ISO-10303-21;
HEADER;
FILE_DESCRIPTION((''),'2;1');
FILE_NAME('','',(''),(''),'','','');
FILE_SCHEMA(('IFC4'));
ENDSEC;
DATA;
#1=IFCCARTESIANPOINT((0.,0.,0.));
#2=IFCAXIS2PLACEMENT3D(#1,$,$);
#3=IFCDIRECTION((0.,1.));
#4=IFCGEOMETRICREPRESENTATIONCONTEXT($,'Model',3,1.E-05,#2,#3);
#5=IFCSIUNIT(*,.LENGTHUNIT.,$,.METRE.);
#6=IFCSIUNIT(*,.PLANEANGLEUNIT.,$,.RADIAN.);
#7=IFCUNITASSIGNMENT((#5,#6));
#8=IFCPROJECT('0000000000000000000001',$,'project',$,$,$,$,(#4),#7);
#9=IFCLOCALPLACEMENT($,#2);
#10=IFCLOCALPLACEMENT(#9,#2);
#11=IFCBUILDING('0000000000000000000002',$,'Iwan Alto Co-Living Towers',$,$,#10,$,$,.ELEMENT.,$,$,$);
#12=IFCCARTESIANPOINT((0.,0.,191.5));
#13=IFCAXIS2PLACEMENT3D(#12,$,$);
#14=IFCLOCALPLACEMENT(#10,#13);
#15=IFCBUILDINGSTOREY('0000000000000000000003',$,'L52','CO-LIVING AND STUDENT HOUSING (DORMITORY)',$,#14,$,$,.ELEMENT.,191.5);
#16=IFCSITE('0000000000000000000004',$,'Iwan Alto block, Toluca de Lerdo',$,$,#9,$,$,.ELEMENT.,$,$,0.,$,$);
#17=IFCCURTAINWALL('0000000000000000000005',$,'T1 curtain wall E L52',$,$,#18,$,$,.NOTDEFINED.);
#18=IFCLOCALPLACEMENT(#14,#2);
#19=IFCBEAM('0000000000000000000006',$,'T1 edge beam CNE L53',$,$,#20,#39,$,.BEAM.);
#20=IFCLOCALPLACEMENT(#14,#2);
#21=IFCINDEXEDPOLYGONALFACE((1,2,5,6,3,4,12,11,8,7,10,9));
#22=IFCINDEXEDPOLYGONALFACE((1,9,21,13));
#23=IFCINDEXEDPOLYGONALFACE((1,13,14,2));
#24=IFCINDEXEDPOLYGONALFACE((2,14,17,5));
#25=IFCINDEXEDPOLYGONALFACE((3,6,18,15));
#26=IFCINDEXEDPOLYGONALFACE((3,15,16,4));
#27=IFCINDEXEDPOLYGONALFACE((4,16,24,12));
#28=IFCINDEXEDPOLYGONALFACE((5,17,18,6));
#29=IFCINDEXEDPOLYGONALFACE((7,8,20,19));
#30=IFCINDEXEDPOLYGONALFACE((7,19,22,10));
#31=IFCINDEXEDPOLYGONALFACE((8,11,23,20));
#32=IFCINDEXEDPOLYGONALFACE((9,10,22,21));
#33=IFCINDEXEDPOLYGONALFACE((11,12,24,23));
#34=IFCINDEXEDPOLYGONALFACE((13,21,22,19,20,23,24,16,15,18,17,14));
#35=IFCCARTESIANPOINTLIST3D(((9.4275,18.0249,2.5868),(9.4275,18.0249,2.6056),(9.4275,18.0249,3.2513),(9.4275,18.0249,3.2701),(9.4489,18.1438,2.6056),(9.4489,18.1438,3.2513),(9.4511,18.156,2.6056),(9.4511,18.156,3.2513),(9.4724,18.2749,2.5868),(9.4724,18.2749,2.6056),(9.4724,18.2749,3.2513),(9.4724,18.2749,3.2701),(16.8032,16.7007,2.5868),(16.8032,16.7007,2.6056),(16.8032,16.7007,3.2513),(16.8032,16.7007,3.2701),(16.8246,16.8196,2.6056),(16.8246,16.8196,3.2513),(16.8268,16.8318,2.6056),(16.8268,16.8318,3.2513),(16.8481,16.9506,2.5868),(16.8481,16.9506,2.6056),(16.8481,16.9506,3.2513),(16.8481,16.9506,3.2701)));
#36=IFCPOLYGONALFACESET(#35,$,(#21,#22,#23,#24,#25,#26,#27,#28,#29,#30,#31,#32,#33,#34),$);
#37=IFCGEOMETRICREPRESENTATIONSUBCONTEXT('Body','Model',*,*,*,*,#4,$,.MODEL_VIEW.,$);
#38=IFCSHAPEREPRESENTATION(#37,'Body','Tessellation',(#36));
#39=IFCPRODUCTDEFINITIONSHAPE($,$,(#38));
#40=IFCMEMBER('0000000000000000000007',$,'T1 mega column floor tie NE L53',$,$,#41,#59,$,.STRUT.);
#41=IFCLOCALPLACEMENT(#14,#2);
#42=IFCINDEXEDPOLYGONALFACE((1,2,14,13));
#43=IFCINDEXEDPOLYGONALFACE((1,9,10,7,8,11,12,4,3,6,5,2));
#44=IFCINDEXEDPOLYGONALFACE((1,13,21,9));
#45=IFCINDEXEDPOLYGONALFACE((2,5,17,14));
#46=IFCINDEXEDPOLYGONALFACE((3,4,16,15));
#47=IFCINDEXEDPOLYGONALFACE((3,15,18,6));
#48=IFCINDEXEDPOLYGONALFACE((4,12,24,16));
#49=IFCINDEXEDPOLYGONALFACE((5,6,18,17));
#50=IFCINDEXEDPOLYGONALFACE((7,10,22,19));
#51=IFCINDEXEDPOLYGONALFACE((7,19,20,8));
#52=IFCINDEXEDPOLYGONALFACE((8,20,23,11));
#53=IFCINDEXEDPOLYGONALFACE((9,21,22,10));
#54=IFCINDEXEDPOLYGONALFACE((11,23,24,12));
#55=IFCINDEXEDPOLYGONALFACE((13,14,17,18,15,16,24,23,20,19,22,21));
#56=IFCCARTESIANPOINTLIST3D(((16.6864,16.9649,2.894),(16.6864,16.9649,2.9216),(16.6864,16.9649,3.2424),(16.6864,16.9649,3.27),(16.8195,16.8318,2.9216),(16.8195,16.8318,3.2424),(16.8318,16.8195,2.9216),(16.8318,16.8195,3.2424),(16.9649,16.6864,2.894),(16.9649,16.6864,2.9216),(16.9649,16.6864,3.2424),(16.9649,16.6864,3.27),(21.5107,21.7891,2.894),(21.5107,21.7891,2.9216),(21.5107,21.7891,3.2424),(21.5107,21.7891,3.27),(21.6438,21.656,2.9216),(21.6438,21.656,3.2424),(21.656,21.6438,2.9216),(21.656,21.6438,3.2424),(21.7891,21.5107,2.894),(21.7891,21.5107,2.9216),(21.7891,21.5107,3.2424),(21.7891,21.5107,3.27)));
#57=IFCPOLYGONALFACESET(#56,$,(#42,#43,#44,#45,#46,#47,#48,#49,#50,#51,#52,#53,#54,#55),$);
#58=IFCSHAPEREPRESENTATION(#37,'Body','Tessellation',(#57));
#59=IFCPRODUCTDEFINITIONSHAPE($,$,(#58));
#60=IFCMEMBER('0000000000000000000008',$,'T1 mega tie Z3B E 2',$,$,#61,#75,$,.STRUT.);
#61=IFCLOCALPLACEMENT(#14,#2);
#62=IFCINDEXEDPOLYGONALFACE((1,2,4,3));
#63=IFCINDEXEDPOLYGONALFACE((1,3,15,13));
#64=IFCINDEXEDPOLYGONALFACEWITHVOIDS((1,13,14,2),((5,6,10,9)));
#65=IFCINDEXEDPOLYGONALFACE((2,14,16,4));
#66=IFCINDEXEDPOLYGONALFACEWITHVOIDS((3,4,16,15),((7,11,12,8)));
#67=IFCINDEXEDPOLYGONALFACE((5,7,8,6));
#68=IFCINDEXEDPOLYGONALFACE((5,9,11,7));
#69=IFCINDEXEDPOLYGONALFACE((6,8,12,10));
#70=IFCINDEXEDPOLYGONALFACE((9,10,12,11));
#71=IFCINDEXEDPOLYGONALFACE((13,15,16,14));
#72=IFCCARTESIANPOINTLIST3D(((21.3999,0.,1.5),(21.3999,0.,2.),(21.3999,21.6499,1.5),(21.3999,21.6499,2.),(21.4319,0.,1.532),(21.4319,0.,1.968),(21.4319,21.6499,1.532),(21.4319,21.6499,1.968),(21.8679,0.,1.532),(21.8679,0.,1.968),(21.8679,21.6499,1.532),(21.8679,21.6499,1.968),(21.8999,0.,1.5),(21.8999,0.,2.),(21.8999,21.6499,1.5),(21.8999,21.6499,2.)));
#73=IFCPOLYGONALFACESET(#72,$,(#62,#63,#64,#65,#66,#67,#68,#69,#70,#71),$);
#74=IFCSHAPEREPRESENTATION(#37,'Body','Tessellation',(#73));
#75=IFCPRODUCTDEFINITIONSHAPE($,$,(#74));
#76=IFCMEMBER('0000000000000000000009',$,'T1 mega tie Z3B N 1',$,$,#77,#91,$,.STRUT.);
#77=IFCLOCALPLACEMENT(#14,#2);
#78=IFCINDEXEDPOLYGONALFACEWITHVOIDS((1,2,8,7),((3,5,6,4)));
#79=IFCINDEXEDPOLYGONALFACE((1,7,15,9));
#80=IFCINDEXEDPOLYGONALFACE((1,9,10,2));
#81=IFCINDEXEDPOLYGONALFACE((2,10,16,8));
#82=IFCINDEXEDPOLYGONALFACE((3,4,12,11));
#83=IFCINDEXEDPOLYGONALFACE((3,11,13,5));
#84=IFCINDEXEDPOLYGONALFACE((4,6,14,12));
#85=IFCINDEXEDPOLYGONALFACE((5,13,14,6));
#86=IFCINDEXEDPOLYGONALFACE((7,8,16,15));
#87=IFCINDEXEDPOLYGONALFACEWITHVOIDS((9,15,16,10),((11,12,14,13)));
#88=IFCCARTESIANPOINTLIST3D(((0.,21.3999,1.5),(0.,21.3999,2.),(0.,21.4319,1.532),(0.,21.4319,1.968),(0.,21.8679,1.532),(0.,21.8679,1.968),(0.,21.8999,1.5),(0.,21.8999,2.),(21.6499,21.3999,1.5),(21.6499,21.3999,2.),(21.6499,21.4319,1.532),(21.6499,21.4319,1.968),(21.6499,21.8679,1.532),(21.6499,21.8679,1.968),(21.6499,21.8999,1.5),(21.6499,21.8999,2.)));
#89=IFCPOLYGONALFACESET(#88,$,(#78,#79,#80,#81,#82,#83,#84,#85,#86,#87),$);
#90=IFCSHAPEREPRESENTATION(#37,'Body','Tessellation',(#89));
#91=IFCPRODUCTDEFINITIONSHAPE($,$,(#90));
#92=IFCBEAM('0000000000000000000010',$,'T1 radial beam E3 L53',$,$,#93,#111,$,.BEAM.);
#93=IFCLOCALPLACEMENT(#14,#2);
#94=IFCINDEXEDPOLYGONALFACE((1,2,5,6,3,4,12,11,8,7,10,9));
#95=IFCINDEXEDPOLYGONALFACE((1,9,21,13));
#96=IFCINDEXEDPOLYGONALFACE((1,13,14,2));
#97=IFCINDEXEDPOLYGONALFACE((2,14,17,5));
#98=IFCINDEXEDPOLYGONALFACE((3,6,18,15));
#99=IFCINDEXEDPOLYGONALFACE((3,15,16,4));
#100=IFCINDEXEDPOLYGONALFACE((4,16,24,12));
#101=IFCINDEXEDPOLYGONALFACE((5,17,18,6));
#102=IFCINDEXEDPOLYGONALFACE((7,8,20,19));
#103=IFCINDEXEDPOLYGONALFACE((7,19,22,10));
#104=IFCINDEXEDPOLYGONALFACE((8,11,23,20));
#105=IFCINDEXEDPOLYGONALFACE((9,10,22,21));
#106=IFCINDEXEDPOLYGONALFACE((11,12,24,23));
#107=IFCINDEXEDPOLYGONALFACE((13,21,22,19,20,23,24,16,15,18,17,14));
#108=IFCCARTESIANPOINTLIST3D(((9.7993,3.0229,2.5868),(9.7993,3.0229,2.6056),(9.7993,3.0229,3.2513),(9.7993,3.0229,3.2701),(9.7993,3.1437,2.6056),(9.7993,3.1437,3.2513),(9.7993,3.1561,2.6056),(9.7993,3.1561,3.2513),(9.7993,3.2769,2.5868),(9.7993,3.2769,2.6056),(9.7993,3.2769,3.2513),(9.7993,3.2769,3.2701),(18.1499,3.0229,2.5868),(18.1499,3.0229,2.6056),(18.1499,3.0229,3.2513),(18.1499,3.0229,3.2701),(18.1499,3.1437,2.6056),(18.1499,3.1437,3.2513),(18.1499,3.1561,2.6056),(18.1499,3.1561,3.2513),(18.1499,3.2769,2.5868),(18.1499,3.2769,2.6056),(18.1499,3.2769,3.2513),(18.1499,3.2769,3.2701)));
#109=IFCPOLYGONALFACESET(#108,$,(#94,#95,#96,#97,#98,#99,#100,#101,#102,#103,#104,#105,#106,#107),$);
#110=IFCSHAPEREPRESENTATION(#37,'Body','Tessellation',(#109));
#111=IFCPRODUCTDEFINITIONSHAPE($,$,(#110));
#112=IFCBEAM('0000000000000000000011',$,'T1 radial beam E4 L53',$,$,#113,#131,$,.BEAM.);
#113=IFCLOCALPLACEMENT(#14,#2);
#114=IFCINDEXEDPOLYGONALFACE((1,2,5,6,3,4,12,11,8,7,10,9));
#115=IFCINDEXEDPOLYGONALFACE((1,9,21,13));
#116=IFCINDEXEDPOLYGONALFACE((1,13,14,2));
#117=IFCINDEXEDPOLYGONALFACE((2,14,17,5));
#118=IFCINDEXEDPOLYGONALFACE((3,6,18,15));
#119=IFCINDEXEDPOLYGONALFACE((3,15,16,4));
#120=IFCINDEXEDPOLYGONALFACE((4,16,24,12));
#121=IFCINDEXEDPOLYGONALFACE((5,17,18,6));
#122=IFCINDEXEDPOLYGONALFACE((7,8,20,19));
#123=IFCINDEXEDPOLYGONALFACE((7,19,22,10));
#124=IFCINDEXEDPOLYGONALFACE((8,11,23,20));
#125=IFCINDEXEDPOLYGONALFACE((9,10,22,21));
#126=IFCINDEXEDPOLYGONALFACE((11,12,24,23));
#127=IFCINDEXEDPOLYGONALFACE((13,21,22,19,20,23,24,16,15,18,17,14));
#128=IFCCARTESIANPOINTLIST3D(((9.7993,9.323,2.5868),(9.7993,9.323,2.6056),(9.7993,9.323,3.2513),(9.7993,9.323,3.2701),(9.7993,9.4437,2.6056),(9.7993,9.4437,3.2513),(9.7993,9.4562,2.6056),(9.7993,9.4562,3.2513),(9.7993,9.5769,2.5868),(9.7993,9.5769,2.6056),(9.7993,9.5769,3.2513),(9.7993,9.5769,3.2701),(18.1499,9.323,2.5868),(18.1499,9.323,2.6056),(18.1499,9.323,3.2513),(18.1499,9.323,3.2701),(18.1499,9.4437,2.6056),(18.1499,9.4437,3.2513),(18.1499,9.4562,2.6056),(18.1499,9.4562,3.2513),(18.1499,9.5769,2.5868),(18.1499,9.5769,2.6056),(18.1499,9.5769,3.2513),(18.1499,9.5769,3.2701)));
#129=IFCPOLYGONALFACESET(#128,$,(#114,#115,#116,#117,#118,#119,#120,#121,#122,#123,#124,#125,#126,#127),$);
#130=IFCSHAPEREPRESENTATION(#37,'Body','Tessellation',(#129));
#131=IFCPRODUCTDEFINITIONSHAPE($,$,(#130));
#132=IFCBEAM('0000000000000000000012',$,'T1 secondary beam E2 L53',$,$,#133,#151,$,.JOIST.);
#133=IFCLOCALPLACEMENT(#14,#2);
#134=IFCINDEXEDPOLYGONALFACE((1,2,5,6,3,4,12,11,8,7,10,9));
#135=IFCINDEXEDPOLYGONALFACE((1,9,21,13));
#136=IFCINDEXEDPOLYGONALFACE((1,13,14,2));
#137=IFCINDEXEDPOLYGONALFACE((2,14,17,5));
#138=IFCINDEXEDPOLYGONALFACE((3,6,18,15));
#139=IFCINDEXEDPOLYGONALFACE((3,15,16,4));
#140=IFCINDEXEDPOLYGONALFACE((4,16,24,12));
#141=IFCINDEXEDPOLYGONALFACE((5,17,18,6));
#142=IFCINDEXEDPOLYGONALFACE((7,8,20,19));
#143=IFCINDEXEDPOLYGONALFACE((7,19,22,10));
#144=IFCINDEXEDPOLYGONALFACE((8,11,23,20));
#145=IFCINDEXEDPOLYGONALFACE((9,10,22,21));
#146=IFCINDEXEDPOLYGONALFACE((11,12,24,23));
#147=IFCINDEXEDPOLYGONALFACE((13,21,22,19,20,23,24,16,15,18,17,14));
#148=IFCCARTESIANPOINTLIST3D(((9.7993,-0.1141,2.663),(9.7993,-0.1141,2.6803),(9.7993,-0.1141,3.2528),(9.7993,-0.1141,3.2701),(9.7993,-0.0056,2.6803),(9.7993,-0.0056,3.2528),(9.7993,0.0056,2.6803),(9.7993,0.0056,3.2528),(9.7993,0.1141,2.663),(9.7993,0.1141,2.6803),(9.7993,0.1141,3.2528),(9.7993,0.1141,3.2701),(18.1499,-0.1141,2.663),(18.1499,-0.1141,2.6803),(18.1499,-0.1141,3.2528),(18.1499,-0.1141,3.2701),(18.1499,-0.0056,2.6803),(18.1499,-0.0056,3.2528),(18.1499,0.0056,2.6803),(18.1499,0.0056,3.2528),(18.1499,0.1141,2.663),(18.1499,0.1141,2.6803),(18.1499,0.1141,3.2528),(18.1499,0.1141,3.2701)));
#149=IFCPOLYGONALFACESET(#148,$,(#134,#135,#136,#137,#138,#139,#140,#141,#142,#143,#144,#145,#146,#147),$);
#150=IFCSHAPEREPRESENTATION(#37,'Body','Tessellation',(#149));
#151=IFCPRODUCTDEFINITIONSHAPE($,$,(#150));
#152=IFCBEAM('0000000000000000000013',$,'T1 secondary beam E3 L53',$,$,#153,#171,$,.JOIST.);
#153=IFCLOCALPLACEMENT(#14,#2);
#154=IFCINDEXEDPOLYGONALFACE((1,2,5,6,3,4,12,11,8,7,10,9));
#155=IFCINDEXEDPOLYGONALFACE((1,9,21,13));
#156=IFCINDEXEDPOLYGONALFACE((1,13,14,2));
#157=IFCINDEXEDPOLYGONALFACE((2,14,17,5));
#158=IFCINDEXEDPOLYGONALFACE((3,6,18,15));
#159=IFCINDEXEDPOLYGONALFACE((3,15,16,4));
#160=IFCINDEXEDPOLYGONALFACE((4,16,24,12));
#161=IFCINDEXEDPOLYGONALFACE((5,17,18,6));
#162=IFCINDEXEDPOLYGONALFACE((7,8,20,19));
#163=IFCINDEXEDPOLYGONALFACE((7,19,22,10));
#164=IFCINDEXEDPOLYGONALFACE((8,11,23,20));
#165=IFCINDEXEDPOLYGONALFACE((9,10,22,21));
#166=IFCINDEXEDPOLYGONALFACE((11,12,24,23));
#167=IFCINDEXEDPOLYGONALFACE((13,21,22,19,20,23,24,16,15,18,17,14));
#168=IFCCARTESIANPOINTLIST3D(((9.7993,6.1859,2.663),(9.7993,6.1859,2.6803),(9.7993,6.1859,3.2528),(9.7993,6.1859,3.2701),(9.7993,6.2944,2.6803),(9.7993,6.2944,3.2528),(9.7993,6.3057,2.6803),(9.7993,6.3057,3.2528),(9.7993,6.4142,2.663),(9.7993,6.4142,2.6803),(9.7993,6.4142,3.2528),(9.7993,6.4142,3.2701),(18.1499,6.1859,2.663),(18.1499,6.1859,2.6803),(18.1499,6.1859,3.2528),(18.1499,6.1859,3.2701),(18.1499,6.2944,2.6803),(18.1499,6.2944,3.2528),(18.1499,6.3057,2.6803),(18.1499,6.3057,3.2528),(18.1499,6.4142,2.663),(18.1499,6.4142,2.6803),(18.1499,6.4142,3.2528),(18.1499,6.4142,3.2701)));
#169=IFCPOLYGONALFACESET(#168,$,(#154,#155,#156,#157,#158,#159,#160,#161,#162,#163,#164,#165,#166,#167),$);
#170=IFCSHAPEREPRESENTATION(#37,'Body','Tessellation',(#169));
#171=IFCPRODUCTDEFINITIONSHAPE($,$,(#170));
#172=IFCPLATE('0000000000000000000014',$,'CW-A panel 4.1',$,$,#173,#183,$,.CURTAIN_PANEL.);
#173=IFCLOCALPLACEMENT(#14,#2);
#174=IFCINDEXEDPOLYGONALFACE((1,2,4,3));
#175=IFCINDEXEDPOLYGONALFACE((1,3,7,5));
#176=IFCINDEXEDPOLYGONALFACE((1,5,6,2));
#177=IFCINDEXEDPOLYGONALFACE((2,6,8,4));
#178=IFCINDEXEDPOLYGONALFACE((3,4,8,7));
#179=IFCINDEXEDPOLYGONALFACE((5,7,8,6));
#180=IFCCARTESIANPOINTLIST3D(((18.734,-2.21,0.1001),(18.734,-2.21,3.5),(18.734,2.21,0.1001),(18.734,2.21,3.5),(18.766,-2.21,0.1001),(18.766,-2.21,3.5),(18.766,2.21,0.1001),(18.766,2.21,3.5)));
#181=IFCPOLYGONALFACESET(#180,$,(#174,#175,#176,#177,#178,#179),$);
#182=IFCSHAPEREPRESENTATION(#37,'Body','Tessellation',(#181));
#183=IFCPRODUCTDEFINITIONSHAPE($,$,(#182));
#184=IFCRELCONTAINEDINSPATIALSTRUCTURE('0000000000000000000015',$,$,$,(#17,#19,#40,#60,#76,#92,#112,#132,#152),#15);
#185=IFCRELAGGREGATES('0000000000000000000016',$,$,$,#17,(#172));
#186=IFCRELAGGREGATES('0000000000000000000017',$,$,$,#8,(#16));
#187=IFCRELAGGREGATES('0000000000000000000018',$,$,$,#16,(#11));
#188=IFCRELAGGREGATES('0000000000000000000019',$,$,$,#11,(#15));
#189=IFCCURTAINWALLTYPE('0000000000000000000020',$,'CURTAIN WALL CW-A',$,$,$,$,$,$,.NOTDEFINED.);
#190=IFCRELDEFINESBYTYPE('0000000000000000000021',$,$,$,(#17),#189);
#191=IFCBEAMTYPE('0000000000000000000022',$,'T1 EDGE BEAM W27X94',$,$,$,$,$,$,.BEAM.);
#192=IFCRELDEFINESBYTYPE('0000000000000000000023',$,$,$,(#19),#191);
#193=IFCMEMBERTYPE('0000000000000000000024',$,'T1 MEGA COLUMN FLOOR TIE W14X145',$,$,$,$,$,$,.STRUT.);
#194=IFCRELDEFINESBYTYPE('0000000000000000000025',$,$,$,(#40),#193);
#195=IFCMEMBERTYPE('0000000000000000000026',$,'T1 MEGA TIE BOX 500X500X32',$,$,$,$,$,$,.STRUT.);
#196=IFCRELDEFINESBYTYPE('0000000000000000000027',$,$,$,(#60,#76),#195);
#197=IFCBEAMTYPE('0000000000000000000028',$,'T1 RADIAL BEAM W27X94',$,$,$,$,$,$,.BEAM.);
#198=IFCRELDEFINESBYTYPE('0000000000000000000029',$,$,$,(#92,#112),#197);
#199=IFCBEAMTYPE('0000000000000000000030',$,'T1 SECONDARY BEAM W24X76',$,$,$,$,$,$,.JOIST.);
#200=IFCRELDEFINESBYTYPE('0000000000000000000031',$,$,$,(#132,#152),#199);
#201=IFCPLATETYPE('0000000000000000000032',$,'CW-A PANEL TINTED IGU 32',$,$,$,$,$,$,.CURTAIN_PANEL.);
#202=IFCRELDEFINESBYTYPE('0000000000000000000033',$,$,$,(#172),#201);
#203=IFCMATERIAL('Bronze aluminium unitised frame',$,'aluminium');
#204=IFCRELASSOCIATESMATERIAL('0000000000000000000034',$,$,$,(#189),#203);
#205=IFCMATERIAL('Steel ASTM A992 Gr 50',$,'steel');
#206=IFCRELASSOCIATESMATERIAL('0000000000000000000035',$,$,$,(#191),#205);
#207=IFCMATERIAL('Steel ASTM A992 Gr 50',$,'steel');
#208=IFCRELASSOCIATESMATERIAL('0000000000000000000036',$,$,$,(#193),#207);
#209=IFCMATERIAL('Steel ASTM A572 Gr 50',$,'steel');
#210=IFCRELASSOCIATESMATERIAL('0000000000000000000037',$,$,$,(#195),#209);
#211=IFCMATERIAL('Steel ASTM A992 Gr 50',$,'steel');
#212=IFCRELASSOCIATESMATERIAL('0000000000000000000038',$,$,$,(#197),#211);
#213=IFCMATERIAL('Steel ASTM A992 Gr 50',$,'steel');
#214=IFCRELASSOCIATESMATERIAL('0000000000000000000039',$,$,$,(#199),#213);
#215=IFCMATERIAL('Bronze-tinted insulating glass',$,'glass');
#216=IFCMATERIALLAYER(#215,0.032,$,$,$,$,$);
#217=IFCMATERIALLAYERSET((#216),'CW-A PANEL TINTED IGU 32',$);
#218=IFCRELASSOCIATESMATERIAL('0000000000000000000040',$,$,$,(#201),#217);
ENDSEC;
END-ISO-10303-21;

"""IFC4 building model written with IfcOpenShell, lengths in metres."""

from ifc_helpers import new_model, si_unit, direction, frame, origin, origin_2d, place, context, subcontext, project, spatial, rectangle, hollow_rectangle, i_section, extrude, material, layer, layer_set, material_profile, profile_set, type_object, element, aggregate, save


model = new_model("IFC4")

# Units and contexts
model_context = context("Model", 3, precision=1e-05, world=origin(), true_north=direction((0.0, 1.0)))
body_context = subcontext(model_context, "Body", "Model", "MODEL_VIEW")
ifc_project = project(units=[si_unit("LENGTHUNIT", "METRE"), si_unit("PLANEANGLEUNIT", "RADIAN")], contexts=[model_context])

# Site, building, storey
site_placement = place(None, origin())
site = spatial("IfcSite", under=ifc_project, at=site_placement, Name="Iwan Alto block, Toluca de Lerdo", CompositionType="ELEMENT", RefElevation=0.0)
building_placement = place(site_placement, origin())
building = spatial("IfcBuilding", under=site, at=building_placement, Name="Iwan Alto Co-Living Towers", CompositionType="ELEMENT")
storey_placement = place(building_placement, frame((0.0, 0.0, 191.5)))
storey = spatial("IfcBuildingStorey", under=building, at=storey_placement, Name="L52", Description="CO-LIVING AND STUDENT HOUSING (DORMITORY)", CompositionType="ELEMENT", Elevation=191.5)

# Curtain wall
ifc_material_1 = material(Name="Bronze aluminium unitised frame", Category="aluminium")
curtain_wall_type_1 = type_object("IfcCurtainWallType", Name="CURTAIN WALL CW-A", PredefinedType="NOTDEFINED", material=ifc_material_1)
curtain_wall_1_placement = place(storey_placement, origin())
curtain_wall_1 = element("IfcCurtainWall", 1, at=curtain_wall_1_placement, inside=storey, type_object=curtain_wall_type_1, Name="T1 curtain wall E L52", PredefinedType="NOTDEFINED")

# Beam
ifc_material_2 = material(Name="Steel ASTM A992 Gr 50", Category="steel")
ifc_material_profile_1 = material_profile(ifc_material_2, i_section(OverallWidth=0.2539, OverallDepth=0.6833, WebThickness=0.0125, FlangeThickness=0.0188, at=origin_2d()), Name="W27X94")
ifc_profile_set_1 = profile_set([ifc_material_profile_1], Name="Steel ASTM A992 Gr 50")
beam_type_1 = type_object("IfcBeamType", Name="T1 EDGE BEAM W27X94", PredefinedType="BEAM", material=ifc_profile_set_1)
for number, where, z_axis, x_axis, name in (
    (2, (16.8257, 16.8257, 2.9285), (-0.984263, 0.176712, 0.0), (-0.176712, -0.984263, 0.0), "T1 edge beam CNE L53"),
):
    element("IfcBeam", number, at=place(storey_placement, frame(where, z_axis=z_axis, x_axis=x_axis)), inside=storey, type_object=beam_type_1, Name=name, PredefinedType="BEAM", context=body_context, shape_type="SweptSolid", body=[
        extrude(i_section(OverallWidth=0.2539, OverallDepth=0.6833, WebThickness=0.0125, FlangeThickness=0.0188, at=origin_2d()), origin(), (0.0, 0.0, 1.0), 7.4937),
    ])

# Members
ifc_material_3 = material(Name="Steel ASTM A992 Gr 50", Category="steel")
ifc_material_profile_2 = material_profile(ifc_material_3, i_section(OverallWidth=0.3938, OverallDepth=0.376, WebThickness=0.0173, FlangeThickness=0.0276, at=origin_2d()), Name="W14X145")
ifc_profile_set_2 = profile_set([ifc_material_profile_2], Name="Steel ASTM A992 Gr 50")
member_type_1 = type_object("IfcMemberType", Name="T1 MEGA COLUMN FLOOR TIE W14X145", PredefinedType="STRUT", material=ifc_profile_set_2)
member_1_placement = place(storey_placement, frame((21.6499, 21.6499, 3.082), z_axis=(-0.707107, -0.707107, 0.0), x_axis=(0.707107, -0.707107, 0.0)))
element("IfcMember", 3, at=member_1_placement, inside=storey, type_object=member_type_1, Name="T1 mega column floor tie NE L53", PredefinedType="STRUT", context=body_context, shape_type="SweptSolid", body=[
    extrude(i_section(OverallWidth=0.3938, OverallDepth=0.376, WebThickness=0.0173, FlangeThickness=0.0276, at=origin_2d()), origin(), (0.0, 0.0, 1.0), 6.8225),
])
ifc_material_4 = material(Name="Steel ASTM A572 Gr 50", Category="steel")
ifc_material_profile_3 = material_profile(ifc_material_4, hollow_rectangle(XDim=0.5, YDim=0.5, WallThickness=0.032, at=origin_2d()), Name="BOX 500X500X32")
ifc_profile_set_3 = profile_set([ifc_material_profile_3], Name="Steel ASTM A572 Gr 50")
member_type_2 = type_object("IfcMemberType", Name="T1 MEGA TIE BOX 500X500X32", PredefinedType="STRUT", material=ifc_profile_set_3)
for number, where, z_axis, x_axis, name in (
    (4, (21.6499, 0.0, 1.75), (0.0, 1.0, 0.0), (-1.0, 0.0, 0.0), "T1 mega tie Z3B E 2"),
    (5, (21.6499, 21.6499, 1.75), (-1.0, 0.0, 0.0), (0.0, -1.0, 0.0), "T1 mega tie Z3B N 1"),
):
    element("IfcMember", number, at=place(storey_placement, frame(where, z_axis=z_axis, x_axis=x_axis)), inside=storey, type_object=member_type_2, Name=name, PredefinedType="STRUT", context=body_context, shape_type="SweptSolid", body=[
        extrude(hollow_rectangle(XDim=0.5, YDim=0.5, WallThickness=0.032, at=origin_2d()), origin(), (0.0, 0.0, 1.0), 21.6499),
    ])

# Beams
ifc_material_5 = material(Name="Steel ASTM A992 Gr 50", Category="steel")
ifc_material_profile_4 = material_profile(ifc_material_5, i_section(OverallWidth=0.2539, OverallDepth=0.6833, WebThickness=0.0125, FlangeThickness=0.0188, at=origin_2d()), Name="W27X94")
ifc_profile_set_4 = profile_set([ifc_material_profile_4], Name="Steel ASTM A992 Gr 50")
beam_type_2 = type_object("IfcBeamType", Name="T1 RADIAL BEAM W27X94", PredefinedType="BEAM", material=ifc_profile_set_4)
for number, where, z_axis, x_axis, name in (
    (6, (18.1499, 3.1499, 2.9285), (-1.0, 0.0, 0.0), (0.0, -1.0, 0.0), "T1 radial beam E3 L53"),
    (7, (18.1499, 9.45, 2.9285), (-1.0, 0.0, 0.0), (0.0, -1.0, 0.0), "T1 radial beam E4 L53"),
):
    element("IfcBeam", number, at=place(storey_placement, frame(where, z_axis=z_axis, x_axis=x_axis)), inside=storey, type_object=beam_type_2, Name=name, PredefinedType="BEAM", context=body_context, shape_type="SweptSolid", body=[
        extrude(i_section(OverallWidth=0.2539, OverallDepth=0.6833, WebThickness=0.0125, FlangeThickness=0.0188, at=origin_2d()), origin(), (0.0, 0.0, 1.0), 8.3506),
    ])
ifc_material_6 = material(Name="Steel ASTM A992 Gr 50", Category="steel")
ifc_material_profile_5 = material_profile(ifc_material_6, i_section(OverallWidth=0.2283, OverallDepth=0.6072, WebThickness=0.0112, FlangeThickness=0.0173, at=origin_2d()), Name="W24X76")
ifc_profile_set_5 = profile_set([ifc_material_profile_5], Name="Steel ASTM A992 Gr 50")
beam_type_3 = type_object("IfcBeamType", Name="T1 SECONDARY BEAM W24X76", PredefinedType="JOIST", material=ifc_profile_set_5)
for number, where, z_axis, x_axis, name in (
    (8, (18.1499, 0.0, 2.9666), (-1.0, 0.0, 0.0), (0.0, -1.0, 0.0), "T1 secondary beam E2 L53"),
    (9, (18.1499, 6.3, 2.9666), (-1.0, 0.0, 0.0), (0.0, -1.0, 0.0), "T1 secondary beam E3 L53"),
):
    element("IfcBeam", number, at=place(storey_placement, frame(where, z_axis=z_axis, x_axis=x_axis)), inside=storey, type_object=beam_type_3, Name=name, PredefinedType="JOIST", context=body_context, shape_type="SweptSolid", body=[
        extrude(i_section(OverallWidth=0.2283, OverallDepth=0.6072, WebThickness=0.0112, FlangeThickness=0.0173, at=origin_2d()), origin(), (0.0, 0.0, 1.0), 8.3506),
    ])

# Plate
ifc_material_7 = material(Name="Bronze-tinted insulating glass", Category="glass")
ifc_layer_1 = layer(ifc_material_7, 0.032)
ifc_layer_set_1 = layer_set([ifc_layer_1], Name="CW-A PANEL TINTED IGU 32")
plate_type_1 = type_object("IfcPlateType", Name="CW-A PANEL TINTED IGU 32", PredefinedType="CURTAIN_PANEL", material=ifc_layer_set_1)
plate_1_placement = place(storey_placement, frame((18.75, 0.0, 0.1001), z_axis=(0.0, 0.0, 1.0), x_axis=(0.0, 1.0, 0.0)))
plate_1 = element("IfcPlate", 10, at=plate_1_placement, type_object=plate_type_1, Name="CW-A panel 4.1", PredefinedType="CURTAIN_PANEL", context=body_context, shape_type="SweptSolid", body=[
    extrude(rectangle(XDim=4.4199, YDim=0.032, at=origin_2d()), origin(), (0.0, 0.0, 1.0), 3.3999),
])
aggregate(curtain_wall_1, [plate_1])

save(model, "model.ifc")
